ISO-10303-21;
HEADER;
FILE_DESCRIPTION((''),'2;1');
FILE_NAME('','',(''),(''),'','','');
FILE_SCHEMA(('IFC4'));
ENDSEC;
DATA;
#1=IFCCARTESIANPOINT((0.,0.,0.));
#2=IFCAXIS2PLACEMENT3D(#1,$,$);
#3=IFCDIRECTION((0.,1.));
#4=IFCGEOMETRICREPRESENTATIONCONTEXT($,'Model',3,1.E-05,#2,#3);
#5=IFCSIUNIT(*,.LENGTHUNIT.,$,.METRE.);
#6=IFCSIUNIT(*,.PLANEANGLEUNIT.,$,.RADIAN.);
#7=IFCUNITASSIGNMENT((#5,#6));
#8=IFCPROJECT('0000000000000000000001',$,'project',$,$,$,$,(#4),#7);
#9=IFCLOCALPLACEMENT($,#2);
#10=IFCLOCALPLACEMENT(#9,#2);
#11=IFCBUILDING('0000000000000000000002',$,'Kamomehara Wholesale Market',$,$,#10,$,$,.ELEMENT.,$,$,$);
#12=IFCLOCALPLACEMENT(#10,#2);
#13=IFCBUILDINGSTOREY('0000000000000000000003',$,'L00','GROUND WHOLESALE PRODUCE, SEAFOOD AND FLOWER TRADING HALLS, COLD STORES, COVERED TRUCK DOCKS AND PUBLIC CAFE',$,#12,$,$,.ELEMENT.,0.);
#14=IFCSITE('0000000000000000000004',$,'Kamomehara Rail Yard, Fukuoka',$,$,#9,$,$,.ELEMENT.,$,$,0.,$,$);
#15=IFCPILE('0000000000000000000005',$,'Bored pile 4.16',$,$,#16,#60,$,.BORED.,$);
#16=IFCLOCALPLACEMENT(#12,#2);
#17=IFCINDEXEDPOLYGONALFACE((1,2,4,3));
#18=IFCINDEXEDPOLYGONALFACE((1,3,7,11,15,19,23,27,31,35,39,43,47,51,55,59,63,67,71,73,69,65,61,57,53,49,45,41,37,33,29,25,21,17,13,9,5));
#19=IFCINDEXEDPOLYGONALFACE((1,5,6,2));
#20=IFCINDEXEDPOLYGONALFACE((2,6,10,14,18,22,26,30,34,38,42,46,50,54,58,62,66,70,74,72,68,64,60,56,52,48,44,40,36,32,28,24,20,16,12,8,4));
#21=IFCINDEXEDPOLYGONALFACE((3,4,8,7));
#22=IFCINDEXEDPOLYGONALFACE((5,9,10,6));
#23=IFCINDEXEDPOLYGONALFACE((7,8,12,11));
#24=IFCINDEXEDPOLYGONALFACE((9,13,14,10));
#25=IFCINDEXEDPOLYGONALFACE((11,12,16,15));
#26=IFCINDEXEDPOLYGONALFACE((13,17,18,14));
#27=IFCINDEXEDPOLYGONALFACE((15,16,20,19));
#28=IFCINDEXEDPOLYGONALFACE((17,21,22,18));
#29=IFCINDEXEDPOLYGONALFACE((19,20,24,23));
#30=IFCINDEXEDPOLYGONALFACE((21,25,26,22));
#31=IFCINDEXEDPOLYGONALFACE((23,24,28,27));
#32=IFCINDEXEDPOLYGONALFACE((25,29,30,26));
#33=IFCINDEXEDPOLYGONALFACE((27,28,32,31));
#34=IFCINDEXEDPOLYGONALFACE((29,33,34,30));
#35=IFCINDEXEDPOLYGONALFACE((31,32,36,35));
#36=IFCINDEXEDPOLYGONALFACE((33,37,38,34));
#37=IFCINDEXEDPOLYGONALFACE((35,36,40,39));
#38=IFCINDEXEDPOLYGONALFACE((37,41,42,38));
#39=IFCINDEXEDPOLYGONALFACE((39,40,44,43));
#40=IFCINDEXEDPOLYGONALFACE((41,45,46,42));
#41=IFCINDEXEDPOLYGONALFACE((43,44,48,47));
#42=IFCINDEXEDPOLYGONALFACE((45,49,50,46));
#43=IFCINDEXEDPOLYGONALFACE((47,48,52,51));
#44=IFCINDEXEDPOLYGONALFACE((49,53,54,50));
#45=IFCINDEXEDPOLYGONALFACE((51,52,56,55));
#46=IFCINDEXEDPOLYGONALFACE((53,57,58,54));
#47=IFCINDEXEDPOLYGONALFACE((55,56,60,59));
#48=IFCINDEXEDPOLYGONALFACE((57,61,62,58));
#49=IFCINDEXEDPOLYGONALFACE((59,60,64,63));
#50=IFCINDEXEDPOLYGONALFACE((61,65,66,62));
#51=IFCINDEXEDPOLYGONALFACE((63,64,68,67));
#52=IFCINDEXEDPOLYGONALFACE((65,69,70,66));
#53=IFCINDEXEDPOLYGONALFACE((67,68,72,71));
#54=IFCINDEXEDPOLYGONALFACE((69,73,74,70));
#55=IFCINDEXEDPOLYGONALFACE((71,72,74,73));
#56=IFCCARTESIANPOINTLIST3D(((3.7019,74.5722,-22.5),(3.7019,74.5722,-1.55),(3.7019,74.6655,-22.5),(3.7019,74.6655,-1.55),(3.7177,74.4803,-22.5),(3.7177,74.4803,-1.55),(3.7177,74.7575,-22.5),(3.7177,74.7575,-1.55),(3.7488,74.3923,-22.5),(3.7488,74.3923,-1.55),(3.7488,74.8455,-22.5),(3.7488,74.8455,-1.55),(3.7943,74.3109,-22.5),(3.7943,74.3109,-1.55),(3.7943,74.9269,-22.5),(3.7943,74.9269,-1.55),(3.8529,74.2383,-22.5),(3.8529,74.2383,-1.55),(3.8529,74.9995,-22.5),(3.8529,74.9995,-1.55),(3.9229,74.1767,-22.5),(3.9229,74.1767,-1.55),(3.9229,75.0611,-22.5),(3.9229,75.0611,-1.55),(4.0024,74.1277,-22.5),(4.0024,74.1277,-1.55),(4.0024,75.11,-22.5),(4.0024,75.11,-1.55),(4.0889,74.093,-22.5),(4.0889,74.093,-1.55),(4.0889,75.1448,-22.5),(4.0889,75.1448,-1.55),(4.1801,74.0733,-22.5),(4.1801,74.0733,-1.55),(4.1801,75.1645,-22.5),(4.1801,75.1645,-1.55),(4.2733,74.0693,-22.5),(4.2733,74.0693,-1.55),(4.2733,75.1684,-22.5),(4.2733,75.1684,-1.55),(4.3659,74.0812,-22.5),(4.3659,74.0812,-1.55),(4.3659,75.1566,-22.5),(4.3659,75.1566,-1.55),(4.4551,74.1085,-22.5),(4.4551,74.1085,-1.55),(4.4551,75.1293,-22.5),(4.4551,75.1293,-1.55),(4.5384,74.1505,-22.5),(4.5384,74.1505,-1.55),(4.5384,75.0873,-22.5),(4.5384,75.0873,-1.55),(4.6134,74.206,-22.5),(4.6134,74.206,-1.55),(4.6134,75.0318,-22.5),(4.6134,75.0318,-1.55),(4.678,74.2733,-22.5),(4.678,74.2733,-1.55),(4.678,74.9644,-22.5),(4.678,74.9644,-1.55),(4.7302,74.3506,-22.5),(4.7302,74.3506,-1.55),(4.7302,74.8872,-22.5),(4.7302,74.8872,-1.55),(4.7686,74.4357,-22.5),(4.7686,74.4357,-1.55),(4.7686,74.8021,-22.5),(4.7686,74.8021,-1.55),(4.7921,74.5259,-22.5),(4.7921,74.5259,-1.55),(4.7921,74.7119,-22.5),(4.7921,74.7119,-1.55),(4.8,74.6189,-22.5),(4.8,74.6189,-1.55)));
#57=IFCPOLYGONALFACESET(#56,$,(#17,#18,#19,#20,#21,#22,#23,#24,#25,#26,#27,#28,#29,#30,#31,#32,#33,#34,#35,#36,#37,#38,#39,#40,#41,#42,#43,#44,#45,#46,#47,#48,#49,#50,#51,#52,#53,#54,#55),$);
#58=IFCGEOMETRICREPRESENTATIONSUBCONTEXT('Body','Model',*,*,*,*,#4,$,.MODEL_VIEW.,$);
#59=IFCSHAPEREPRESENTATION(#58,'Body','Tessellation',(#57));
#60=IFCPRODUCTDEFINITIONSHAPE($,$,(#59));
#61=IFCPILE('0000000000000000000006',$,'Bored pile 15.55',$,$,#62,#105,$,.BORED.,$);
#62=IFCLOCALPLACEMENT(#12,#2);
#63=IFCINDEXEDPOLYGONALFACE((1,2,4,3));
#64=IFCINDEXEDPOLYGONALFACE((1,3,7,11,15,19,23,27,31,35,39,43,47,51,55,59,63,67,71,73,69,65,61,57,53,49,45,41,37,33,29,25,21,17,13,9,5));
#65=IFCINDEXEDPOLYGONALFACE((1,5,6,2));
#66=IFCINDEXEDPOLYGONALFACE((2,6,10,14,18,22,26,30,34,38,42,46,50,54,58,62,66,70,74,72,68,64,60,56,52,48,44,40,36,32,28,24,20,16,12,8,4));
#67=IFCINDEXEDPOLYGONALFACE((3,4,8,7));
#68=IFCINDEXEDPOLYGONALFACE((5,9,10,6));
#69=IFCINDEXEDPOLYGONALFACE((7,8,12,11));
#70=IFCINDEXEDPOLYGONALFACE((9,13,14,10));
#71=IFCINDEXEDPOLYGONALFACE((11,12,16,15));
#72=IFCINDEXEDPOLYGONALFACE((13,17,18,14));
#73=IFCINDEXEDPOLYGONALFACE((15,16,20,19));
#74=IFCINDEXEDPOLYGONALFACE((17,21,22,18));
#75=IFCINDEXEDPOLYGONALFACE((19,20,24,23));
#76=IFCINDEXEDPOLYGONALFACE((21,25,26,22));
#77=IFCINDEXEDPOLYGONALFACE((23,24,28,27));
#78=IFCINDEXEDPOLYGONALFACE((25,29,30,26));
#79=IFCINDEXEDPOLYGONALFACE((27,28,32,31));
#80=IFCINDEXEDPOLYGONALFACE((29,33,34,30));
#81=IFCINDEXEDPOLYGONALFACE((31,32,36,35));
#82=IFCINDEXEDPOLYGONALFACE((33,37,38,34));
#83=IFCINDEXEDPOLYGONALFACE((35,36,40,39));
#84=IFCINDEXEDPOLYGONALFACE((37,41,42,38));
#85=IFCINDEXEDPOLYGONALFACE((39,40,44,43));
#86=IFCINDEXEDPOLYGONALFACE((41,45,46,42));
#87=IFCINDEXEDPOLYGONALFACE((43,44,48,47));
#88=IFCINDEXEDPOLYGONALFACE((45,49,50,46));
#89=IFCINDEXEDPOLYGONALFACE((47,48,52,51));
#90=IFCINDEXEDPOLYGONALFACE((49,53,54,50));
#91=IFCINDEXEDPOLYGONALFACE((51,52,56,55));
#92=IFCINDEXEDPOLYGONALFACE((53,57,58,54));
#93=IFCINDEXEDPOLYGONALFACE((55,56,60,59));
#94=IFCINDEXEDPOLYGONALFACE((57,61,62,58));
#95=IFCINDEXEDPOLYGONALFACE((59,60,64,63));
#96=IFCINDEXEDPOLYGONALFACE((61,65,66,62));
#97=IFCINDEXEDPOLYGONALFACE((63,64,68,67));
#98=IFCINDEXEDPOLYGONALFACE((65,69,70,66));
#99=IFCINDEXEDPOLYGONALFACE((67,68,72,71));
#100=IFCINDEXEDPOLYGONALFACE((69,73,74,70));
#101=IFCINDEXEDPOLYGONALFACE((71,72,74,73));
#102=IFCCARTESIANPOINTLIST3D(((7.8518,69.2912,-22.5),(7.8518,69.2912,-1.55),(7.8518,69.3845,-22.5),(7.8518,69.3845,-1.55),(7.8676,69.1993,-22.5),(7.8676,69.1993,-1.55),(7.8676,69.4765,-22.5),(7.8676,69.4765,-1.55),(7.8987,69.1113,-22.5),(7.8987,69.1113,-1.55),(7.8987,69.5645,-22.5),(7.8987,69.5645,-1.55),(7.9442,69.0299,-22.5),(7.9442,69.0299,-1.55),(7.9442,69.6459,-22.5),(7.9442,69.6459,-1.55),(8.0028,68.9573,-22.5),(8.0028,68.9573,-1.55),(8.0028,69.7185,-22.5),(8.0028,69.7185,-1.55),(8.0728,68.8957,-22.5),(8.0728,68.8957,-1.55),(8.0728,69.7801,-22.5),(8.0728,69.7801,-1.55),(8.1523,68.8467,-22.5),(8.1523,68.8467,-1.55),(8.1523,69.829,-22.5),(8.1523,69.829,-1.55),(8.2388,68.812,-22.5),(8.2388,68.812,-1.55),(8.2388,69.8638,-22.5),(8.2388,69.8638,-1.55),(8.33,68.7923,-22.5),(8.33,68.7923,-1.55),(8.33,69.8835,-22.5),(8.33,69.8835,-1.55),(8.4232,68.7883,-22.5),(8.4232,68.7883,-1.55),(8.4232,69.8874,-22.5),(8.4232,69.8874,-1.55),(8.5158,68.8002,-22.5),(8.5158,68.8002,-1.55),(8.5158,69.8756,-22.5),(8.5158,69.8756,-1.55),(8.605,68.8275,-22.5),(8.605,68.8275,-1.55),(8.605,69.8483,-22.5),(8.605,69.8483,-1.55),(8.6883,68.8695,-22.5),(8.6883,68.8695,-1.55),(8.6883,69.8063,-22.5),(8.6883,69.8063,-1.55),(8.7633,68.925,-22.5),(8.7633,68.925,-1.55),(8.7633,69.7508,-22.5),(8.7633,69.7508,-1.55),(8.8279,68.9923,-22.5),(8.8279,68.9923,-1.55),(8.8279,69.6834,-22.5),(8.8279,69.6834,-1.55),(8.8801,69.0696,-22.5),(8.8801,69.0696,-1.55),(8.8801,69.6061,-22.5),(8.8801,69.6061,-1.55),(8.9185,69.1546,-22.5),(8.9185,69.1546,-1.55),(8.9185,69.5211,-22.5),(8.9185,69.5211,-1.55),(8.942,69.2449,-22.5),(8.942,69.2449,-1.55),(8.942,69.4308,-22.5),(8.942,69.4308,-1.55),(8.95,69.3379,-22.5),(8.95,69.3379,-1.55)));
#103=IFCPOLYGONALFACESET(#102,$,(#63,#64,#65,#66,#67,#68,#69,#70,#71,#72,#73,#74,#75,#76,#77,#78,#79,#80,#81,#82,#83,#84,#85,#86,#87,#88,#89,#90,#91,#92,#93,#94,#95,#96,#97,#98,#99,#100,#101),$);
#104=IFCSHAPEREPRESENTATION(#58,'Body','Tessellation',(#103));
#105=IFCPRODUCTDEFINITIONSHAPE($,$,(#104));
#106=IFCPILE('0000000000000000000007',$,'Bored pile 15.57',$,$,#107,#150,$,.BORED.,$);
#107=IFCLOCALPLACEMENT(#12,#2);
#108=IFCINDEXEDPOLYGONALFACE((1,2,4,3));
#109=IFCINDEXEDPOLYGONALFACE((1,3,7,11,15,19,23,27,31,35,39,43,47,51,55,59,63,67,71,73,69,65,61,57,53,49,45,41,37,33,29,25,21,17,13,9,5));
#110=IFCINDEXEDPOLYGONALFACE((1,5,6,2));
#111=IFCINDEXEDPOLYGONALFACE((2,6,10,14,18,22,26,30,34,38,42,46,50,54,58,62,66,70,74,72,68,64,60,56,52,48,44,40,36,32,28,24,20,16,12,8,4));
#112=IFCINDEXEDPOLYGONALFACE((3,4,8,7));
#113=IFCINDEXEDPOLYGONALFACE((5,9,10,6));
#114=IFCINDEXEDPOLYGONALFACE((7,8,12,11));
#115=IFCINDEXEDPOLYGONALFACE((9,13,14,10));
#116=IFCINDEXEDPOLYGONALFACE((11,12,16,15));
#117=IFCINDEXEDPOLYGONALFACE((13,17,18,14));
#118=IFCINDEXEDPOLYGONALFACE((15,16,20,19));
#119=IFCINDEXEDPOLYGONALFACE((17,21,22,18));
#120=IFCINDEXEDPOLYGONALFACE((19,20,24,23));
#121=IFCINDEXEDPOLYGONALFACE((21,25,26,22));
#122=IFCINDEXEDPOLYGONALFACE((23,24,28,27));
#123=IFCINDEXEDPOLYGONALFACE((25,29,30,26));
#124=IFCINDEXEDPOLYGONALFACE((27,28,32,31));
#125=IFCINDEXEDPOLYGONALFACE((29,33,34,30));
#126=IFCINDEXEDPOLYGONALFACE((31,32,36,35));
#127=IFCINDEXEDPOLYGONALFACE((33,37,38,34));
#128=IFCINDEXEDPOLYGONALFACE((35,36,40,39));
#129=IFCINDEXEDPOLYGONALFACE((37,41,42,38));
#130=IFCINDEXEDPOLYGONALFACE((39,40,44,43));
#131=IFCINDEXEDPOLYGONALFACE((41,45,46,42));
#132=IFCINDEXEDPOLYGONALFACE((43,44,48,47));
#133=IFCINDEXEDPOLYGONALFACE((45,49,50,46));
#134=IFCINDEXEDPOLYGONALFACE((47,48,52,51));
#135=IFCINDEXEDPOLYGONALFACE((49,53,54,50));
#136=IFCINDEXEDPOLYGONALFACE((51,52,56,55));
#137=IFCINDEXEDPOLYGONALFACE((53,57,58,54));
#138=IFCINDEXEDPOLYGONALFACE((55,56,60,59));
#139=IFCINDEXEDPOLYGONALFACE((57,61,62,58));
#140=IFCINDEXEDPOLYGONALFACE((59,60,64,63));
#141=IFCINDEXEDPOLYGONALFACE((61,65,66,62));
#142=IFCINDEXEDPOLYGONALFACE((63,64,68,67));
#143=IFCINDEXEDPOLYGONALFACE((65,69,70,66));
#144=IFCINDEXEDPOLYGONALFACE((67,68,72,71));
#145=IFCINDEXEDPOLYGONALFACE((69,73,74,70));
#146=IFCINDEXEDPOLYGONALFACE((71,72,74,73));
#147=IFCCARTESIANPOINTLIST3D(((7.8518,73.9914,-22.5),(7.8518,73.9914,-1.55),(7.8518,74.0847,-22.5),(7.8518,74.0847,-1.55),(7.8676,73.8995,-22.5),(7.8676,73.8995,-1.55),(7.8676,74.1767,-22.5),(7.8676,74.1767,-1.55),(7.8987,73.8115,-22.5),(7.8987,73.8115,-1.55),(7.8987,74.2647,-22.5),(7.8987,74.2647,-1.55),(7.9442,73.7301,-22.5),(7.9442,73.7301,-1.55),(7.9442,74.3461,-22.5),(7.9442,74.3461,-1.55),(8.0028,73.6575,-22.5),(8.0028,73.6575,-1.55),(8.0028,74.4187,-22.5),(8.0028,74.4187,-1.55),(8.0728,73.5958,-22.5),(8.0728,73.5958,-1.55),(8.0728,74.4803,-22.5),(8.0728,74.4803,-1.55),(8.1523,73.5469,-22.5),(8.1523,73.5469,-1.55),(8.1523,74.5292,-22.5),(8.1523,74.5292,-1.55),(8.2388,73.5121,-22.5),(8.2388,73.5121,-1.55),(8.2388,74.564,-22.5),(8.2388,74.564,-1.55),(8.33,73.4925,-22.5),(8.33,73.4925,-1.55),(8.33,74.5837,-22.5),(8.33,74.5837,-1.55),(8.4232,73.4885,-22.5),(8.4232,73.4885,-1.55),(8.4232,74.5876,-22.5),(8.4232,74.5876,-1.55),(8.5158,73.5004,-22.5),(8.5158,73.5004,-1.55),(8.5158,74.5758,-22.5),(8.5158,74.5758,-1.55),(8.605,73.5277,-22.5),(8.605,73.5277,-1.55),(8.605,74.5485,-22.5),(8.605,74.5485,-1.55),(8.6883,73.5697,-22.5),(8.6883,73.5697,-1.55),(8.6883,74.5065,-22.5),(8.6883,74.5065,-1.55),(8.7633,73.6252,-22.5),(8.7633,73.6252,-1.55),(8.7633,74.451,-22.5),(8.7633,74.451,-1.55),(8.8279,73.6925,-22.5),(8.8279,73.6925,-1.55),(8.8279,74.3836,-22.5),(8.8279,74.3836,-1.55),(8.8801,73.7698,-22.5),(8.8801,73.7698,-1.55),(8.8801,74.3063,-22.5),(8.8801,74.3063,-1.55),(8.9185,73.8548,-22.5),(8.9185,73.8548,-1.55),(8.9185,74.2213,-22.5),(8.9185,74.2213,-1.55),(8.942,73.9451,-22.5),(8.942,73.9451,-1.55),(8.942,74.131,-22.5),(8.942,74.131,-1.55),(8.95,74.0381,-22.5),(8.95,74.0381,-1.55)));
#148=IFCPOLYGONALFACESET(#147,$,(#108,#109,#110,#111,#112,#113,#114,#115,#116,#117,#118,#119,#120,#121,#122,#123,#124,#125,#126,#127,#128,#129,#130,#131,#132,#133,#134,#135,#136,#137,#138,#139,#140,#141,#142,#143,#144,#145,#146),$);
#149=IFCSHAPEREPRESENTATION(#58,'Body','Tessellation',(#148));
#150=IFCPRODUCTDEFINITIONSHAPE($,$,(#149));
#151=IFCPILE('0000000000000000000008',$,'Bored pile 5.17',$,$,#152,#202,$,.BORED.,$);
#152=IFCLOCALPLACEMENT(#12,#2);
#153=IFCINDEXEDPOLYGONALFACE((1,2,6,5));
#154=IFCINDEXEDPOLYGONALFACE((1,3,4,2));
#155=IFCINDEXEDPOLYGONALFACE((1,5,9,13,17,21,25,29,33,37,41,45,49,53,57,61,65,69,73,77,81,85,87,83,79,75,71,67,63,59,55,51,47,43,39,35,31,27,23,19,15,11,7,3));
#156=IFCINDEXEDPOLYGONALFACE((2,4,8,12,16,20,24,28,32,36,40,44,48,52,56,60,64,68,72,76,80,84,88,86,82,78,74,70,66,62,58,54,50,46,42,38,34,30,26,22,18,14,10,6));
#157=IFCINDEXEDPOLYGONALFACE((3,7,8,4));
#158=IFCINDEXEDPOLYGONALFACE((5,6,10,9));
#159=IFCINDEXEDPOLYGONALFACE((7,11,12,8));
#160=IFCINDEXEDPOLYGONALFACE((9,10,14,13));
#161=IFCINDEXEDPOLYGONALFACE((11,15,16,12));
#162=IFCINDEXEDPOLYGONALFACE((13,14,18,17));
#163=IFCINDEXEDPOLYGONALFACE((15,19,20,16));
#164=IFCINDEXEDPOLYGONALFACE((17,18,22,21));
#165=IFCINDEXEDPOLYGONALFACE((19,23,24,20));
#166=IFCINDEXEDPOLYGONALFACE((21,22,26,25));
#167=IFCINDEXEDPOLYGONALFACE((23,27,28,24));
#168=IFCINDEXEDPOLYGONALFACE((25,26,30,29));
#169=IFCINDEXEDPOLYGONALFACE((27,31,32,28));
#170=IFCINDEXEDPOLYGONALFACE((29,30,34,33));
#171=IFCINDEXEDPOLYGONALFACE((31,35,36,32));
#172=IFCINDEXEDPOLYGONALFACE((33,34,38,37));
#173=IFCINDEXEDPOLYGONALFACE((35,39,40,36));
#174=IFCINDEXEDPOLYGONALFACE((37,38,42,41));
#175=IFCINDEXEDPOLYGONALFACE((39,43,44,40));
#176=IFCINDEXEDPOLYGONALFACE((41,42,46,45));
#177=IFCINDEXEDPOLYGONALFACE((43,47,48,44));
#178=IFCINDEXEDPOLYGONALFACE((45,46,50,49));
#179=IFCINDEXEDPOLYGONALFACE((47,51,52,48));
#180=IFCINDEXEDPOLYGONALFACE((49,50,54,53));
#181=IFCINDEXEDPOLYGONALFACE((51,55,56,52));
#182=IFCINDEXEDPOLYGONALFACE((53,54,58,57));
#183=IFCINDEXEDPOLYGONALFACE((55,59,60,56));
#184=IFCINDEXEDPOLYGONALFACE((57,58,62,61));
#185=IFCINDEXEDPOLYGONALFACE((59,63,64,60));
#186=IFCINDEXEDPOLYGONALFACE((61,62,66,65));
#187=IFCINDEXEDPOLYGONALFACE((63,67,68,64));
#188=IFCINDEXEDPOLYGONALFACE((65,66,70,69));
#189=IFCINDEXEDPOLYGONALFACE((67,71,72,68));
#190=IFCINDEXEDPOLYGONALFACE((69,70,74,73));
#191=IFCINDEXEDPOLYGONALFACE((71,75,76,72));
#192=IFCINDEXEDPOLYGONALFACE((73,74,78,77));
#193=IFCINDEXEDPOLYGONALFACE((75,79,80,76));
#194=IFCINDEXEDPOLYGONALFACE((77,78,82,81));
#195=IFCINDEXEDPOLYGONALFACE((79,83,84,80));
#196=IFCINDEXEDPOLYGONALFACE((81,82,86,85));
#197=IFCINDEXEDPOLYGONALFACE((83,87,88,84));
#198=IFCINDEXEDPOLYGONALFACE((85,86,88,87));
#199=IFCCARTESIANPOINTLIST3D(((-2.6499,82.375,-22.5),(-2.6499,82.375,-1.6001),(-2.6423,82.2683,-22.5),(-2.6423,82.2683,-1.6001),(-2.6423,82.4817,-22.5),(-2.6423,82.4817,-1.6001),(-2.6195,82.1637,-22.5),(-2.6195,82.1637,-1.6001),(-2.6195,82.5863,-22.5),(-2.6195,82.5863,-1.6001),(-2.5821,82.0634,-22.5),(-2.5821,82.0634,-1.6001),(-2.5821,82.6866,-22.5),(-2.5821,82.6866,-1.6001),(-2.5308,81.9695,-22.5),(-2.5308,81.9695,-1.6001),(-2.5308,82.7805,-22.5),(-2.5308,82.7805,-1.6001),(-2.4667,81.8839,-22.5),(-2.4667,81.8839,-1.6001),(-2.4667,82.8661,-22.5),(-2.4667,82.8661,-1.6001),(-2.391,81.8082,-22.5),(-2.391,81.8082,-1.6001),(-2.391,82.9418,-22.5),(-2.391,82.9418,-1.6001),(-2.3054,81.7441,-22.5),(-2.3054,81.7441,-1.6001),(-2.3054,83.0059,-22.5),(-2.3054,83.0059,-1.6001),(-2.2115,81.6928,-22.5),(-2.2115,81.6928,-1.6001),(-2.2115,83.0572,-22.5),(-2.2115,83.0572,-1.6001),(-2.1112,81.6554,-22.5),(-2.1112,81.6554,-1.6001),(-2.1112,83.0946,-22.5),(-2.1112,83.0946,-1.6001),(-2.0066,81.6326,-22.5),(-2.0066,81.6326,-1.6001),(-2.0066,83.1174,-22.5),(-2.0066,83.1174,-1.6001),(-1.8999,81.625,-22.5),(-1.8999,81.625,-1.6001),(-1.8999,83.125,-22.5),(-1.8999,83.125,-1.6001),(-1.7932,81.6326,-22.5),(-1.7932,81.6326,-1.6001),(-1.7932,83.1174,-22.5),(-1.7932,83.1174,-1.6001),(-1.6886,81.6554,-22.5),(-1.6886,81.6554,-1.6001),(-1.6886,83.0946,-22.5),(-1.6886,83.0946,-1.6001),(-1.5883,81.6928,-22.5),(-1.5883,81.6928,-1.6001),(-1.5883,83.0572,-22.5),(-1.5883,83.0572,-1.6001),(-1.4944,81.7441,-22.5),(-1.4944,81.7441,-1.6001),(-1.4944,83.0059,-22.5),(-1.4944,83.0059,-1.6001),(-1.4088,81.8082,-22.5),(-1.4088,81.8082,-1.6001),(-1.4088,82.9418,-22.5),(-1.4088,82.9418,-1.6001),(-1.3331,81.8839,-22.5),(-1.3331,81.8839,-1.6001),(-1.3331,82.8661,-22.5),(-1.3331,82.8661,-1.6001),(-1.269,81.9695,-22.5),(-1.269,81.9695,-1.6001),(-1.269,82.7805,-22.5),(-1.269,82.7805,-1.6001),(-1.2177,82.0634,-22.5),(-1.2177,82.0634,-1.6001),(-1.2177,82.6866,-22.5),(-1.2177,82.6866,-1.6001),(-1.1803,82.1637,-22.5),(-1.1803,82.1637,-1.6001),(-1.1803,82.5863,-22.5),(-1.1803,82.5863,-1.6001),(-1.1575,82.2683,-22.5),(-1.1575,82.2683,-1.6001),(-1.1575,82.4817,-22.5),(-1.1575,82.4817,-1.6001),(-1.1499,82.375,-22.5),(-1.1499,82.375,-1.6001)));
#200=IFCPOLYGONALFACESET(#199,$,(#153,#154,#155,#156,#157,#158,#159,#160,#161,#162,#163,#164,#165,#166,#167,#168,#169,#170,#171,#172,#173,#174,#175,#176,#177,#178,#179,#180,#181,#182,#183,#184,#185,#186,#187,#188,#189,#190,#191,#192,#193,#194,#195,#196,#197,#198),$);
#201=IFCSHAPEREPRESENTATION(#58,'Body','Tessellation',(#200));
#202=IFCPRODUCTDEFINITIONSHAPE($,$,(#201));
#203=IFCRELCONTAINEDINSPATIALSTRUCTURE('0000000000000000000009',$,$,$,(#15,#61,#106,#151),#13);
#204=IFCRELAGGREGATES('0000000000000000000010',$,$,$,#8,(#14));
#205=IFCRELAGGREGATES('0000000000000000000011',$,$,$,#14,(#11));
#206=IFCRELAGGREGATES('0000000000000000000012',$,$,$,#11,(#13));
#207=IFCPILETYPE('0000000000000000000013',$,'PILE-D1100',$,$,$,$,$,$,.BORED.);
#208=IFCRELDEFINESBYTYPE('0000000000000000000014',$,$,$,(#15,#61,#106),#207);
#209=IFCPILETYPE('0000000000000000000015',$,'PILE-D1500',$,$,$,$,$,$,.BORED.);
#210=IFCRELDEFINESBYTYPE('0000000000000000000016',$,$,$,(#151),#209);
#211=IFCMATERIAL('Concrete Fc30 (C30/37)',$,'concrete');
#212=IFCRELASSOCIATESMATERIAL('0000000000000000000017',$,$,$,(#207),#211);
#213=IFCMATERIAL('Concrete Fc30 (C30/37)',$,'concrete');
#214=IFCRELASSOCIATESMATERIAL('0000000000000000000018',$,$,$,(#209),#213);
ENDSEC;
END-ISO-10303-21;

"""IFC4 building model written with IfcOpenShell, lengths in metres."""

from ifc_helpers import new_model, si_unit, direction, frame, origin, origin_2d, place, context, subcontext, project, spatial, circle, extrude, material, material_profile, profile_set, type_object, element, save


model = new_model("IFC4")

# Units and contexts
model_context = context("Model", 3, precision=1e-05, world=origin(), true_north=direction((0.0, 1.0)))
body_context = subcontext(model_context, "Body", "Model", "MODEL_VIEW")
ifc_project = project(units=[si_unit("LENGTHUNIT", "METRE"), si_unit("PLANEANGLEUNIT", "RADIAN")], contexts=[model_context])

# Site, building, storey
site_placement = place(None, origin())
site = spatial("IfcSite", under=ifc_project, at=site_placement, Name="Kamomehara Rail Yard, Fukuoka", CompositionType="ELEMENT", RefElevation=0.0)
building_placement = place(site_placement, origin())
building = spatial("IfcBuilding", under=site, at=building_placement, Name="Kamomehara Wholesale Market", CompositionType="ELEMENT")
storey_placement = place(building_placement, origin())
storey = spatial("IfcBuildingStorey", under=building, at=storey_placement, Name="L00", Description="GROUND WHOLESALE PRODUCE, SEAFOOD AND FLOWER TRADING HALLS, COLD STORES, COVERED TRUCK DOCKS AND PUBLIC CAFE", CompositionType="ELEMENT", Elevation=0.0)

# Piles
ifc_material_1 = material(Name="Concrete Fc30 (C30/37)", Category="concrete")
ifc_material_profile_1 = material_profile(ifc_material_1, circle(Radius=0.55, at=origin_2d()), Name="RC-PILE-D1100")
ifc_profile_set_1 = profile_set([ifc_material_profile_1], Name="Concrete Fc30 (C30/37)")
pile_type_1 = type_object("IfcPileType", Name="PILE-D1100", PredefinedType="BORED", material=ifc_profile_set_1)
for number, where, z_axis, x_axis, name in (
    (1, (4.25, 74.6189, -1.55), (0.0, 0.0, -1.0), (1.0, 0.0, 0.0), "Bored pile 4.16"),
    (2, (8.3999, 69.3379, -1.55), (0.0, 0.0, -1.0), (1.0, 0.0, 0.0), "Bored pile 15.55"),
    (3, (8.3999, 74.0381, -1.55), (0.0, 0.0, -1.0), (1.0, 0.0, 0.0), "Bored pile 15.57"),
):
    element("IfcPile", number, at=place(storey_placement, frame(where, z_axis=z_axis, x_axis=x_axis)), inside=storey, type_object=pile_type_1, Name=name, PredefinedType="BORED", context=body_context, shape_type="SweptSolid", body=[
        extrude(circle(Radius=0.55, at=origin_2d()), origin(), (0.0, 0.0, 1.0), 20.95),
    ])
ifc_material_2 = material(Name="Concrete Fc30 (C30/37)", Category="concrete")
ifc_material_profile_2 = material_profile(ifc_material_2, circle(Radius=0.75, at=origin_2d()), Name="RC-PILE-D1500")
ifc_profile_set_2 = profile_set([ifc_material_profile_2], Name="Concrete Fc30 (C30/37)")
pile_type_2 = type_object("IfcPileType", Name="PILE-D1500", PredefinedType="BORED", material=ifc_profile_set_2)
for number, where, z_axis, x_axis, name in (
    (4, (-1.8999, 82.375, -1.6001), (0.0, 0.0, -1.0), (1.0, 0.0, 0.0), "Bored pile 5.17"),
):
    element("IfcPile", number, at=place(storey_placement, frame(where, z_axis=z_axis, x_axis=x_axis)), inside=storey, type_object=pile_type_2, Name=name, PredefinedType="BORED", context=body_context, shape_type="SweptSolid", body=[
        extrude(circle(Radius=0.75, at=origin_2d()), origin(), (0.0, 0.0, 1.0), 20.8999),
    ])

save(model, "model.ifc")
